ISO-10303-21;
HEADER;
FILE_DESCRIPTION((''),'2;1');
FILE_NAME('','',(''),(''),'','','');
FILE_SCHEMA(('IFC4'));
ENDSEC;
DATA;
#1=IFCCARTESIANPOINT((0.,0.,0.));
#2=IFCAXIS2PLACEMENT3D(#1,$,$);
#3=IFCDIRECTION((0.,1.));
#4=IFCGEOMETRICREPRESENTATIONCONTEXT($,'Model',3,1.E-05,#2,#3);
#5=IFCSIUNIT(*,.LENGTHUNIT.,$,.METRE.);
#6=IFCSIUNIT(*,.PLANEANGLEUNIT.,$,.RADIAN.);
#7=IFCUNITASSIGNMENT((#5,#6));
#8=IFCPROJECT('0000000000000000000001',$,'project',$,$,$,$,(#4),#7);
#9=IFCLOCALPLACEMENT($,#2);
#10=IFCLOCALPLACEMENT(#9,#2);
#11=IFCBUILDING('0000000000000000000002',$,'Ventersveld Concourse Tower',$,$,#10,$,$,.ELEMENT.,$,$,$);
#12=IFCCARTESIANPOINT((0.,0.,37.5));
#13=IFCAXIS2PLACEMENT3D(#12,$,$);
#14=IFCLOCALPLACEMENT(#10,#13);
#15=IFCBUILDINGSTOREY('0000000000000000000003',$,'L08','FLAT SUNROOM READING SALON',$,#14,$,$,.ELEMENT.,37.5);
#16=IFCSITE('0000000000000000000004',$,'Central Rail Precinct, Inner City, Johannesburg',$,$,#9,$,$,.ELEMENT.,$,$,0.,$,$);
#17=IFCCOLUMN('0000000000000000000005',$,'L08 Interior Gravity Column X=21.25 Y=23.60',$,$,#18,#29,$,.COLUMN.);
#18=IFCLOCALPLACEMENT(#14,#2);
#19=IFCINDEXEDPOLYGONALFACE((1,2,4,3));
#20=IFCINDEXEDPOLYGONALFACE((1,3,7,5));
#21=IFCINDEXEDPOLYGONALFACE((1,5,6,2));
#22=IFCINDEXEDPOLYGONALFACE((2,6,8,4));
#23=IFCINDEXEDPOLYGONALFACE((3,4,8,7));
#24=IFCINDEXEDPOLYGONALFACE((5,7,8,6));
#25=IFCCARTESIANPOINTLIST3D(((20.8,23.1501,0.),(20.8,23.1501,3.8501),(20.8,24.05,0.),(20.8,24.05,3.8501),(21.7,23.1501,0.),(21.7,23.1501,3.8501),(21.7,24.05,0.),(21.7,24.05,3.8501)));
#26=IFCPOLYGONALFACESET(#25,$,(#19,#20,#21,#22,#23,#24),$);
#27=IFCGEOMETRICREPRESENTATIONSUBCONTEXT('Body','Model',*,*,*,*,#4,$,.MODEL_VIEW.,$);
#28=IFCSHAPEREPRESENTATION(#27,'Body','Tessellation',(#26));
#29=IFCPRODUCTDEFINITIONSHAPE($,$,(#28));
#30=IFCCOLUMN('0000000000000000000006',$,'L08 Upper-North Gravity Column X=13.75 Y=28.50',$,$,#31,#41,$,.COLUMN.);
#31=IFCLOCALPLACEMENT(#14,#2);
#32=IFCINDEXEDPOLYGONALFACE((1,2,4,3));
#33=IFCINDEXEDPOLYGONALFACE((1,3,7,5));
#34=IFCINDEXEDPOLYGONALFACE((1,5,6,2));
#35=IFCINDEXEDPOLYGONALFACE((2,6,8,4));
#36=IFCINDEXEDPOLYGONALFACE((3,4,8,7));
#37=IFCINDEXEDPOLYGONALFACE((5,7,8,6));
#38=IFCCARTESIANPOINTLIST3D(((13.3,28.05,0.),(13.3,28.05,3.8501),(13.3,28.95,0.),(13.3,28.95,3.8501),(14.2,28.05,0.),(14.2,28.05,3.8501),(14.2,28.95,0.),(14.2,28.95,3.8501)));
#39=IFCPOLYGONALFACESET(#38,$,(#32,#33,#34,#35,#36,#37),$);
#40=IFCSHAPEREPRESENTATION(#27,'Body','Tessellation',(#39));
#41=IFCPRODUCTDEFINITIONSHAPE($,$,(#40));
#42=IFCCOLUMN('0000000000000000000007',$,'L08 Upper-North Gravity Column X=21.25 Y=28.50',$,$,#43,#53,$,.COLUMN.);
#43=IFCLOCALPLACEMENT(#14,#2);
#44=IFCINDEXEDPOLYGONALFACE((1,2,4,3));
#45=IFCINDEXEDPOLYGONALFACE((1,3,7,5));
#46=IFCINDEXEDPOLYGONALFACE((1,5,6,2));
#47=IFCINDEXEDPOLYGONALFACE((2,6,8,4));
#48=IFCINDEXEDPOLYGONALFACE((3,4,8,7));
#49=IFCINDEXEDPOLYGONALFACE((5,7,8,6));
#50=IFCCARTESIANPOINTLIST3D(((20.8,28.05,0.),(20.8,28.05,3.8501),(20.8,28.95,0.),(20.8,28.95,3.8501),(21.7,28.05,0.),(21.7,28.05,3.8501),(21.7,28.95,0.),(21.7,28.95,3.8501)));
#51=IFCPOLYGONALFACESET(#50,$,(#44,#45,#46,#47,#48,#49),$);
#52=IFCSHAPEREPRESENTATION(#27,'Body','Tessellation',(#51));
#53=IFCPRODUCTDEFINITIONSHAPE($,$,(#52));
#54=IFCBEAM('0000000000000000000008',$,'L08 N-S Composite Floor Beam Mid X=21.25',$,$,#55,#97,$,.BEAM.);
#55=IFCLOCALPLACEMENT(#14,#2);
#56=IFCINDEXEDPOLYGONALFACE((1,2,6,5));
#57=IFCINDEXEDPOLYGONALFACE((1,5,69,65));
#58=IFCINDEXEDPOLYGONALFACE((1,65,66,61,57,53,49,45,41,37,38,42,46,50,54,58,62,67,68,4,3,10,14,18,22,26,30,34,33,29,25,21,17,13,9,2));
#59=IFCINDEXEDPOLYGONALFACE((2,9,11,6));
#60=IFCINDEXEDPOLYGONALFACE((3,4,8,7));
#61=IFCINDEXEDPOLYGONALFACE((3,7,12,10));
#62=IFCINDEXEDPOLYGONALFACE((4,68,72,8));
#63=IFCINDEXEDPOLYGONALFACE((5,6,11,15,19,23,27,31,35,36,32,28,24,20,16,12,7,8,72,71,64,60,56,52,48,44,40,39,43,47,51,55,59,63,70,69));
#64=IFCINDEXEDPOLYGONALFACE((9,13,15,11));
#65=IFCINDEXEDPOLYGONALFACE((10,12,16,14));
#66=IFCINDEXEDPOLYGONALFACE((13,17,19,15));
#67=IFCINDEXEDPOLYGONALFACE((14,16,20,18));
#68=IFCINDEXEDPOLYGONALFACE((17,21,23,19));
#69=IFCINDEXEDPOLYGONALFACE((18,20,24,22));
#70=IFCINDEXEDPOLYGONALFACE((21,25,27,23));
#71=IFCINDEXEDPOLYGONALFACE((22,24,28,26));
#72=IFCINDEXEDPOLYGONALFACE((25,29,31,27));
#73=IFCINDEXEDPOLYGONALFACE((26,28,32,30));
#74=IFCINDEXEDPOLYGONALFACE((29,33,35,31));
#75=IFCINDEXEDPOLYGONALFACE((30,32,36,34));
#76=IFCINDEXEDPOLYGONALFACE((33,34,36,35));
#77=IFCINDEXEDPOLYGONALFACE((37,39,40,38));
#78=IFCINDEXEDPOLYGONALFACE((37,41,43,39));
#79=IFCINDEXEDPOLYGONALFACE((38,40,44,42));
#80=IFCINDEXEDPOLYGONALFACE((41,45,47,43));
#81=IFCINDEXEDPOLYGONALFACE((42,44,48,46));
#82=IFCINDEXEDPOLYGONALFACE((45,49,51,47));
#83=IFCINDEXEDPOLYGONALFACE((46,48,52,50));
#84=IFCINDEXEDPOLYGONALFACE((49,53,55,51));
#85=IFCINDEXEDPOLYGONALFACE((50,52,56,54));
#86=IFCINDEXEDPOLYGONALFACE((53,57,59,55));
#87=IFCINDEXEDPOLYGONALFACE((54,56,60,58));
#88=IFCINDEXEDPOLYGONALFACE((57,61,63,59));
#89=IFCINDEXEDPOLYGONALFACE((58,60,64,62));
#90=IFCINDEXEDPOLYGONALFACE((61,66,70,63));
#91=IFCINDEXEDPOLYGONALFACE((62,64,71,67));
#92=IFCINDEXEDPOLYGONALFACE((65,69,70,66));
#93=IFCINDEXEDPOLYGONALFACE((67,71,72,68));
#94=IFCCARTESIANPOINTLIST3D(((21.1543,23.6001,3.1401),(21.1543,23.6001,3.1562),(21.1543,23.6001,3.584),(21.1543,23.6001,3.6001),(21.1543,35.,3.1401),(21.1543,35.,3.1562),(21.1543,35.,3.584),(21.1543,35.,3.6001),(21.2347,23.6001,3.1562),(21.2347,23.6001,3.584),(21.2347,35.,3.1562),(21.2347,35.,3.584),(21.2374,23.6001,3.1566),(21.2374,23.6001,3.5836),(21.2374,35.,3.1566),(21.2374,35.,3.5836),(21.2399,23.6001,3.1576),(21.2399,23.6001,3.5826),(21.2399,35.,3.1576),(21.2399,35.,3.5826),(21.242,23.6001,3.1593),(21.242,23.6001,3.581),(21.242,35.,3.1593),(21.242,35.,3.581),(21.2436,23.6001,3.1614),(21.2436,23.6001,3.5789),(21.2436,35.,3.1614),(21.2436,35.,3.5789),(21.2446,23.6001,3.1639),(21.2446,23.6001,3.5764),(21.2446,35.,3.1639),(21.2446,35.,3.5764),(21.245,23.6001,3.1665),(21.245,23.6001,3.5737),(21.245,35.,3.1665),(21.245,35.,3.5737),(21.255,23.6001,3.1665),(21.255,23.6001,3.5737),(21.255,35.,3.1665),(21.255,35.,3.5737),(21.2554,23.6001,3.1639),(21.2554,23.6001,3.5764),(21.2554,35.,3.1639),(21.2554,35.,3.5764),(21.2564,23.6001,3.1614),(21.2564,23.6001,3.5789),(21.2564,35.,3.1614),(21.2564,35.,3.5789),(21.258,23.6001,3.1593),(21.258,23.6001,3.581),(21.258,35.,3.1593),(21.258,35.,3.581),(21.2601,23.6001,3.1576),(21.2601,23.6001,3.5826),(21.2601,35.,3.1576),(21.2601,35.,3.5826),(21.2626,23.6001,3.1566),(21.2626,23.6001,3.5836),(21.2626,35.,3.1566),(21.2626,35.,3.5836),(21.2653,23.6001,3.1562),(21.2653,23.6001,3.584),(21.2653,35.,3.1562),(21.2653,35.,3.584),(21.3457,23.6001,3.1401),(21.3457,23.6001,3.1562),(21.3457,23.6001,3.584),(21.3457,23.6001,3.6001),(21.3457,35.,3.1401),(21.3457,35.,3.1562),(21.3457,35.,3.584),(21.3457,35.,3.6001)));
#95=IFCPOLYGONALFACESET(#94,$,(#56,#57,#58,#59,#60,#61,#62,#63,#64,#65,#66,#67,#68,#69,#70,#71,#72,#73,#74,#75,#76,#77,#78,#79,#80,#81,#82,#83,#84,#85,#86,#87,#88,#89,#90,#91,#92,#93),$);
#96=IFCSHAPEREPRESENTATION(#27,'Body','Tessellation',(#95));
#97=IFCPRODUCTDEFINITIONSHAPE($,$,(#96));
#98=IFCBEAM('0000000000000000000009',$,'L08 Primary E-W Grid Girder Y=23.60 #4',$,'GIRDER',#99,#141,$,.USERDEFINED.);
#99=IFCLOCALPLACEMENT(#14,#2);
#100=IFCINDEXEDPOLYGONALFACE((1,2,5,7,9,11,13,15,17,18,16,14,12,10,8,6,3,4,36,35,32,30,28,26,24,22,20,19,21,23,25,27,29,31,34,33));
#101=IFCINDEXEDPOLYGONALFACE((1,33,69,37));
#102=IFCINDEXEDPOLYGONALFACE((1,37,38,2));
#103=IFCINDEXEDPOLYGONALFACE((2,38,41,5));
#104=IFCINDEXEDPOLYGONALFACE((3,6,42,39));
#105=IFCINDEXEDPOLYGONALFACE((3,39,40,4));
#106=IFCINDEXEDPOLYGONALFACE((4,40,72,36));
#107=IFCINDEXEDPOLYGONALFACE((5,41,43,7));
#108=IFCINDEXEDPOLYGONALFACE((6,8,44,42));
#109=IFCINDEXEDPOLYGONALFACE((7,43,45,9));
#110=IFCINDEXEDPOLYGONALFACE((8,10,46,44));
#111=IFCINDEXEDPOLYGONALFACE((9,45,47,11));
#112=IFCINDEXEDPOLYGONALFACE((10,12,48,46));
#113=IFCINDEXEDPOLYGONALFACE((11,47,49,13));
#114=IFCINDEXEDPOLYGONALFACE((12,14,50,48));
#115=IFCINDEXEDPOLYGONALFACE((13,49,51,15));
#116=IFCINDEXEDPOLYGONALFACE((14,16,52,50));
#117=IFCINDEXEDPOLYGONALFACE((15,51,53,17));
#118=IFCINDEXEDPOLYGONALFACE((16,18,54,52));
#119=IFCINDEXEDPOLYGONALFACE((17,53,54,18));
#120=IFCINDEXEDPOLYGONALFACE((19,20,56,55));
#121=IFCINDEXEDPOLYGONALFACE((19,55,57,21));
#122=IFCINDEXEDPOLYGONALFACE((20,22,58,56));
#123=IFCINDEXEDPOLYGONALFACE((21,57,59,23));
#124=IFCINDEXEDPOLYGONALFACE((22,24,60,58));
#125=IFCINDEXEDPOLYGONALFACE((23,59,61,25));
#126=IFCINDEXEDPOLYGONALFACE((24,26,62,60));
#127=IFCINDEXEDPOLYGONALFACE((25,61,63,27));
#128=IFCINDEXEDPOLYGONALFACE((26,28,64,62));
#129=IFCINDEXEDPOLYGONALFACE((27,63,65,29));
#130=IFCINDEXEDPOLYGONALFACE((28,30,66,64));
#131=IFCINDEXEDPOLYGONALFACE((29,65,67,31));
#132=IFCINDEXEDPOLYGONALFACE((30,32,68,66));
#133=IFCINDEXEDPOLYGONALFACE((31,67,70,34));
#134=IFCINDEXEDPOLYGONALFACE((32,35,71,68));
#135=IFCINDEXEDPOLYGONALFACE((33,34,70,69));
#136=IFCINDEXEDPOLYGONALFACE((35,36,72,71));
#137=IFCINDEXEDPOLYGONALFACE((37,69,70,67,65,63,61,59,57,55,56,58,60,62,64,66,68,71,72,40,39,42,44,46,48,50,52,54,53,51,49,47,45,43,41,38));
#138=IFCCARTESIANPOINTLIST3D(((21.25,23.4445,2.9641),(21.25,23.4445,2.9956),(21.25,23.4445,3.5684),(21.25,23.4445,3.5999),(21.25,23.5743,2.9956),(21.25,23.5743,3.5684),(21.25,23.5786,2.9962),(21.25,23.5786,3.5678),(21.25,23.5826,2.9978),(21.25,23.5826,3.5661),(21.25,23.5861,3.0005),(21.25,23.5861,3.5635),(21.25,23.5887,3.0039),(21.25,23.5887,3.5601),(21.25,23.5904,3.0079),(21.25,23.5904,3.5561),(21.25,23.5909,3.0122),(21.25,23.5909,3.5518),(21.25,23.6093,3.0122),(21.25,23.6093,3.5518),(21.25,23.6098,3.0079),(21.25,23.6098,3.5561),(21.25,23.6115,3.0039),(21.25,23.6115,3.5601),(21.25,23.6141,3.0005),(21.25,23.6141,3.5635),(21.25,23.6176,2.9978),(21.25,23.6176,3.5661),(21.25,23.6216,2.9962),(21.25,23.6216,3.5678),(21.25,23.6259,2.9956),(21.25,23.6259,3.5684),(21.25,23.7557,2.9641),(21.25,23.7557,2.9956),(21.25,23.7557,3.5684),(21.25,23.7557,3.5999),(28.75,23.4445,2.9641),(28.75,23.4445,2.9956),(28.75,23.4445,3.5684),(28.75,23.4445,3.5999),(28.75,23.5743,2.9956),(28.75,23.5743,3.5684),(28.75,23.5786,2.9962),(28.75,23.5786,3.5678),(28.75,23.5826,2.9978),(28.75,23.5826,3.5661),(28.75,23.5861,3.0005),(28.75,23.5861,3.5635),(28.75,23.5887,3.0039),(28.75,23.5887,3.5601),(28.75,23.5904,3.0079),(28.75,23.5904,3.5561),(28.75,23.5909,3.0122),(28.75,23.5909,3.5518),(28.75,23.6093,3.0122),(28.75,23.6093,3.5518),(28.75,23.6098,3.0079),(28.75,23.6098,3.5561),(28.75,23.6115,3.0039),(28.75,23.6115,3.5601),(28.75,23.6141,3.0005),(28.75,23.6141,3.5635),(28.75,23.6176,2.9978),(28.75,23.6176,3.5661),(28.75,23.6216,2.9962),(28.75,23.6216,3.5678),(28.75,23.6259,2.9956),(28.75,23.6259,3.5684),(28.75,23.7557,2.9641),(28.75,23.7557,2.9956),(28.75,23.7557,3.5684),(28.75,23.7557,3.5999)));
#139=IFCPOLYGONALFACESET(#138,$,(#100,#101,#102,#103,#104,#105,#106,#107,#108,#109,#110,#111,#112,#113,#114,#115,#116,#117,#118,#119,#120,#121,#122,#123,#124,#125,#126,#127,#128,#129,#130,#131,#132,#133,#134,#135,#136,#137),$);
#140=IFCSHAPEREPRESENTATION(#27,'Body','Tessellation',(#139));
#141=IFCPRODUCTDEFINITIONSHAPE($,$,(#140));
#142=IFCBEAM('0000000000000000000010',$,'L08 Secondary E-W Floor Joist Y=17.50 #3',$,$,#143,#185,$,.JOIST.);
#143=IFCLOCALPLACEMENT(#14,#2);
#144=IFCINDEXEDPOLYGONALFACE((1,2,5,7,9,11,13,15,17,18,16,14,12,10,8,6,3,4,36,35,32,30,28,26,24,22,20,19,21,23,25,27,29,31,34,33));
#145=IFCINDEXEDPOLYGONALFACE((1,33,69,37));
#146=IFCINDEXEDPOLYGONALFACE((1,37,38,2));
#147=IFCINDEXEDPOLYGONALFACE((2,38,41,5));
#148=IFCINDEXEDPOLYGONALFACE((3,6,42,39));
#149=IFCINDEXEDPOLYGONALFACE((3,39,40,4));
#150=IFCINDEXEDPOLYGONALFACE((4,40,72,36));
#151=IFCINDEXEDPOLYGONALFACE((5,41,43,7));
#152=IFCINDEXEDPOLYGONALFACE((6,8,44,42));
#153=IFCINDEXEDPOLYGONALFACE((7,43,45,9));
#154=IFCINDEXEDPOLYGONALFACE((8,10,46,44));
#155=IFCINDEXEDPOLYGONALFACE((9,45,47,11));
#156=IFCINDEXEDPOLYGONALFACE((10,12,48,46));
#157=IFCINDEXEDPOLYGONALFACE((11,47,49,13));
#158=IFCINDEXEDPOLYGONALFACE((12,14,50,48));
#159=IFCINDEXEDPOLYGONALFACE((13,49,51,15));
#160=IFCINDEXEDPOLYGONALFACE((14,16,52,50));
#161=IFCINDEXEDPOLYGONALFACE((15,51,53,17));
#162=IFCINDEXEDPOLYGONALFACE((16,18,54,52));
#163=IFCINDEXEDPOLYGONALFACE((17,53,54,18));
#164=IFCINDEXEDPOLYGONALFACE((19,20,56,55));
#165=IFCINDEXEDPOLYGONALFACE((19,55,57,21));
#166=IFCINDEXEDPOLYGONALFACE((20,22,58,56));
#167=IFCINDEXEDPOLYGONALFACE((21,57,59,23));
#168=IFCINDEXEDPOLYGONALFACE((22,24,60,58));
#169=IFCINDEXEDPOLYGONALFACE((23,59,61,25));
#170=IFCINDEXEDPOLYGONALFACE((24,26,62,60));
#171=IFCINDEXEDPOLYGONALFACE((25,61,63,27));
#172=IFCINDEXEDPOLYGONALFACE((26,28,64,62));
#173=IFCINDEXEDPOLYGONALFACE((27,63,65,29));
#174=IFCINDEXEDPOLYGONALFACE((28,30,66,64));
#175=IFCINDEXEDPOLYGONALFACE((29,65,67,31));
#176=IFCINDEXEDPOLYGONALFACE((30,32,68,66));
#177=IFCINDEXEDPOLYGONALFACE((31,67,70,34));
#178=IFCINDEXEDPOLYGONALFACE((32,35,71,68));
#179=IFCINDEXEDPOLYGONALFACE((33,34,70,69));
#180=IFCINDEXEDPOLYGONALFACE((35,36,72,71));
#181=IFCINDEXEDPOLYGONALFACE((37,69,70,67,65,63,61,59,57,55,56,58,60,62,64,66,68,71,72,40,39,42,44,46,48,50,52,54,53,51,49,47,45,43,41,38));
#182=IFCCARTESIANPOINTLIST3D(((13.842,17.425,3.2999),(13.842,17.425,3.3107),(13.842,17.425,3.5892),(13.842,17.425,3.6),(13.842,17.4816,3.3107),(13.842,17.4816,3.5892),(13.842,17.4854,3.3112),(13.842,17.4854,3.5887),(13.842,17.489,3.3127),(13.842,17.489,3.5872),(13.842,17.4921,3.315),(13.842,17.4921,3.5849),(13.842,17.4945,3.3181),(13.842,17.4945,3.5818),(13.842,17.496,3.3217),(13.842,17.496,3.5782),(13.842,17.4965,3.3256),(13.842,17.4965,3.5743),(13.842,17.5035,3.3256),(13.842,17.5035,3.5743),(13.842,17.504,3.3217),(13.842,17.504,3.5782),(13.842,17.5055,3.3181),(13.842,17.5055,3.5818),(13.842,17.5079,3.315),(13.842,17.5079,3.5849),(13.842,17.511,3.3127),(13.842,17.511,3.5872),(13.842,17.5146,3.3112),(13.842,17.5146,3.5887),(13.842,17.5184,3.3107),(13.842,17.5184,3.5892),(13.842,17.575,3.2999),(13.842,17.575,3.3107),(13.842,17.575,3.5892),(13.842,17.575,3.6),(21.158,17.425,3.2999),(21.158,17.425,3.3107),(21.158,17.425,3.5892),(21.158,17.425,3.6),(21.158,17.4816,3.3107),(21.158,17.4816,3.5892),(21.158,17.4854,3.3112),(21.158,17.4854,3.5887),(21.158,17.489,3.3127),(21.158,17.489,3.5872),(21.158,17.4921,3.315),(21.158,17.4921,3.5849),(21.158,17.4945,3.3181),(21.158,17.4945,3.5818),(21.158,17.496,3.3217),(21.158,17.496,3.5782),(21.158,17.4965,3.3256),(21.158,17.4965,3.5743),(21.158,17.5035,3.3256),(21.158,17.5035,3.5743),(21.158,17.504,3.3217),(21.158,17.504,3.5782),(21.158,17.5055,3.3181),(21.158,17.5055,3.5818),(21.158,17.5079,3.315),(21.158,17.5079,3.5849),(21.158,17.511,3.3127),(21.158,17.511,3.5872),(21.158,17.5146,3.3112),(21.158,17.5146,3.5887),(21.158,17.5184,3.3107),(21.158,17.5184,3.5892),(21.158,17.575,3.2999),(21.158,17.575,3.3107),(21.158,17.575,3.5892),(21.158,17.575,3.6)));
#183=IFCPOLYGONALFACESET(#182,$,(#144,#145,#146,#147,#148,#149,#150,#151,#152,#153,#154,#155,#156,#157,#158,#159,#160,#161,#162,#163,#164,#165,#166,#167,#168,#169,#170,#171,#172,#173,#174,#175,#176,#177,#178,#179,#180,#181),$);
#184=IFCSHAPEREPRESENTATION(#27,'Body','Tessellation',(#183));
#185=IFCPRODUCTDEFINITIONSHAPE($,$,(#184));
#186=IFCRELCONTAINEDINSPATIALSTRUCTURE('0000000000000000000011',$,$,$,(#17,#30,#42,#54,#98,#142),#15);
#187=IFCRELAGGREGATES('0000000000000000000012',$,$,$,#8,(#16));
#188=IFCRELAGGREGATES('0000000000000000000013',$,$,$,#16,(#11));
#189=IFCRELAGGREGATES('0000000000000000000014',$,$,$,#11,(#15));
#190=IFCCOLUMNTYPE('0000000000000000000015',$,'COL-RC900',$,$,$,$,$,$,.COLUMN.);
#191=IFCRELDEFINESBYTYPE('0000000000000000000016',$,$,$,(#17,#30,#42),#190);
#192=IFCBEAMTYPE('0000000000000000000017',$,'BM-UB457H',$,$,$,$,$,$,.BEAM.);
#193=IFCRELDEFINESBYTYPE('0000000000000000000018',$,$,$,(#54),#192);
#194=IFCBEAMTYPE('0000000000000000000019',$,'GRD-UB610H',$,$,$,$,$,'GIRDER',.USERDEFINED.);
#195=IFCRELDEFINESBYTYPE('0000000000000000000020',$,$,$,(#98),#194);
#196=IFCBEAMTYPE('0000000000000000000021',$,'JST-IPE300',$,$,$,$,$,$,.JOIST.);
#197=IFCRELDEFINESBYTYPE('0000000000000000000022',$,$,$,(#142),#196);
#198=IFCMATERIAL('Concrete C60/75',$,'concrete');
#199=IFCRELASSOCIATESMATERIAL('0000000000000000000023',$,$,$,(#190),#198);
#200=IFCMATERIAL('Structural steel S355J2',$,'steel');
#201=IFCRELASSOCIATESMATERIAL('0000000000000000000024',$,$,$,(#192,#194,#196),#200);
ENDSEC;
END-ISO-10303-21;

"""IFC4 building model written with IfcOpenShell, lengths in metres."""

from ifc_helpers import new_model, si_unit, direction, frame, origin, origin_2d, place, context, subcontext, project, spatial, rectangle, i_section, extrude, material, material_profile, profile_set, type_object, element, save


model = new_model("IFC4")

# Units and contexts
model_context = context("Model", 3, precision=1e-05, world=origin(), true_north=direction((0.0, 1.0)))
body_context = subcontext(model_context, "Body", "Model", "MODEL_VIEW")
ifc_project = project(units=[si_unit("LENGTHUNIT", "METRE"), si_unit("PLANEANGLEUNIT", "RADIAN")], contexts=[model_context])

# Site, building, storey
site_placement = place(None, origin())
site = spatial("IfcSite", under=ifc_project, at=site_placement, Name="Central Rail Precinct, Inner City, Johannesburg", CompositionType="ELEMENT", RefElevation=0.0)
building_placement = place(site_placement, origin())
building = spatial("IfcBuilding", under=site, at=building_placement, Name="Ventersveld Concourse Tower", CompositionType="ELEMENT")
storey_placement = place(building_placement, frame((0.0, 0.0, 37.5)))
storey = spatial("IfcBuildingStorey", under=building, at=storey_placement, Name="L08", Description="FLAT SUNROOM READING SALON", CompositionType="ELEMENT", Elevation=37.5)

# Columns
ifc_material_1 = material(Name="Concrete C60/75", Category="concrete")
ifc_material_profile_1 = material_profile(ifc_material_1, rectangle(XDim=0.8999, YDim=0.8999, at=origin_2d()), Name="RC 900x900")
ifc_profile_set_1 = profile_set([ifc_material_profile_1], Name="Concrete C60/75")
column_type = type_object("IfcColumnType", Name="COL-RC900", PredefinedType="COLUMN", material=ifc_profile_set_1)
for number, where, z_axis, x_axis, name in (
    (1, (21.25, 23.6001, 0.0), (0.0, 0.0, 1.0), (1.0, 0.0, 0.0), "L08 Interior Gravity Column X=21.25 Y=23.60"),
    (2, (13.75, 28.5, 0.0), (0.0, 0.0, 1.0), (1.0, 0.0, 0.0), "L08 Upper-North Gravity Column X=13.75 Y=28.50"),
    (3, (21.25, 28.5, 0.0), (0.0, 0.0, 1.0), (1.0, 0.0, 0.0), "L08 Upper-North Gravity Column X=21.25 Y=28.50"),
):
    element("IfcColumn", number, at=place(storey_placement, frame(where, z_axis=z_axis, x_axis=x_axis)), inside=storey, type_object=column_type, Name=name, PredefinedType="COLUMN", context=body_context, shape_type="SweptSolid", body=[
        extrude(rectangle(XDim=0.8999, YDim=0.8999, at=origin_2d()), origin(), (0.0, 0.0, 1.0), 3.8501),
    ])

# Beams
ifc_material_2 = material(Name="Structural steel S355J2", Category="steel")
ifc_material_profile_2 = material_profile(ifc_material_2, i_section(OverallWidth=0.1914, OverallDepth=0.46, WebThickness=0.01, FlangeThickness=0.0161, FilletRadius=0.0103, at=origin_2d()), Name="UB 457x191x82")
ifc_profile_set_2 = profile_set([ifc_material_profile_2], Name="Structural steel S355J2")
beam_type_1 = type_object("IfcBeamType", Name="BM-UB457H", PredefinedType="BEAM", material=ifc_profile_set_2)
beam_1_placement = place(storey_placement, frame((21.25, 23.6001, 3.3701), z_axis=(0.0, 1.0, 0.0), x_axis=(-1.0, 0.0, 0.0)))
element("IfcBeam", 4, at=beam_1_placement, inside=storey, type_object=beam_type_1, Name="L08 N-S Composite Floor Beam Mid X=21.25", PredefinedType="BEAM", context=body_context, shape_type="SweptSolid", body=[
    extrude(i_section(OverallWidth=0.1914, OverallDepth=0.46, WebThickness=0.01, FlangeThickness=0.0161, FilletRadius=0.0103, at=origin_2d()), origin(), (0.0, 0.0, 1.0), 11.3999),
])
ifc_material_profile_3 = material_profile(ifc_material_2, i_section(OverallWidth=0.3113, OverallDepth=0.6357, WebThickness=0.0183, FlangeThickness=0.0315, FilletRadius=0.0166, at=origin_2d()), Name="UB 610x305x238")
ifc_profile_set_3 = profile_set([ifc_material_profile_3], Name="Structural steel S355J2")
beam_type_2 = type_object("IfcBeamType", Name="GRD-UB610H", ElementType="GIRDER", PredefinedType="USERDEFINED", material=ifc_profile_set_3)
beam_2_placement = place(storey_placement, frame((21.25, 23.6001, 3.282), z_axis=(1.0, 0.0, 0.0), x_axis=(0.0, 1.0, 0.0)))
element("IfcBeam", 5, at=beam_2_placement, inside=storey, type_object=beam_type_2, Name="L08 Primary E-W Grid Girder Y=23.60 #4", ObjectType="GIRDER", PredefinedType="USERDEFINED", context=body_context, shape_type="SweptSolid", body=[
    extrude(i_section(OverallWidth=0.3113, OverallDepth=0.6357, WebThickness=0.0183, FlangeThickness=0.0315, FilletRadius=0.0166, at=origin_2d()), origin(), (0.0, 0.0, 1.0), 7.5),
])
ifc_material_profile_4 = material_profile(ifc_material_2, i_section(OverallWidth=0.1499, OverallDepth=0.3, WebThickness=0.0071, FlangeThickness=0.0107, FilletRadius=0.0149, at=origin_2d()), Name="IPE 300")
ifc_profile_set_4 = profile_set([ifc_material_profile_4], Name="Structural steel S355J2")
beam_type_3 = type_object("IfcBeamType", Name="JST-IPE300", PredefinedType="JOIST", material=ifc_profile_set_4)
for number, where, z_axis, x_axis, name in (
    (6, (13.842, 17.5, 3.45), (1.0, 0.0, 0.0), (0.0, 1.0, 0.0), "L08 Secondary E-W Floor Joist Y=17.50 #3"),
):
    element("IfcBeam", number, at=place(storey_placement, frame(where, z_axis=z_axis, x_axis=x_axis)), inside=storey, type_object=beam_type_3, Name=name, PredefinedType="JOIST", context=body_context, shape_type="SweptSolid", body=[
        extrude(i_section(OverallWidth=0.1499, OverallDepth=0.3, WebThickness=0.0071, FlangeThickness=0.0107, FilletRadius=0.0149, at=origin_2d()), origin(), (0.0, 0.0, 1.0), 7.3159),
    ])

save(model, "model.ifc")
